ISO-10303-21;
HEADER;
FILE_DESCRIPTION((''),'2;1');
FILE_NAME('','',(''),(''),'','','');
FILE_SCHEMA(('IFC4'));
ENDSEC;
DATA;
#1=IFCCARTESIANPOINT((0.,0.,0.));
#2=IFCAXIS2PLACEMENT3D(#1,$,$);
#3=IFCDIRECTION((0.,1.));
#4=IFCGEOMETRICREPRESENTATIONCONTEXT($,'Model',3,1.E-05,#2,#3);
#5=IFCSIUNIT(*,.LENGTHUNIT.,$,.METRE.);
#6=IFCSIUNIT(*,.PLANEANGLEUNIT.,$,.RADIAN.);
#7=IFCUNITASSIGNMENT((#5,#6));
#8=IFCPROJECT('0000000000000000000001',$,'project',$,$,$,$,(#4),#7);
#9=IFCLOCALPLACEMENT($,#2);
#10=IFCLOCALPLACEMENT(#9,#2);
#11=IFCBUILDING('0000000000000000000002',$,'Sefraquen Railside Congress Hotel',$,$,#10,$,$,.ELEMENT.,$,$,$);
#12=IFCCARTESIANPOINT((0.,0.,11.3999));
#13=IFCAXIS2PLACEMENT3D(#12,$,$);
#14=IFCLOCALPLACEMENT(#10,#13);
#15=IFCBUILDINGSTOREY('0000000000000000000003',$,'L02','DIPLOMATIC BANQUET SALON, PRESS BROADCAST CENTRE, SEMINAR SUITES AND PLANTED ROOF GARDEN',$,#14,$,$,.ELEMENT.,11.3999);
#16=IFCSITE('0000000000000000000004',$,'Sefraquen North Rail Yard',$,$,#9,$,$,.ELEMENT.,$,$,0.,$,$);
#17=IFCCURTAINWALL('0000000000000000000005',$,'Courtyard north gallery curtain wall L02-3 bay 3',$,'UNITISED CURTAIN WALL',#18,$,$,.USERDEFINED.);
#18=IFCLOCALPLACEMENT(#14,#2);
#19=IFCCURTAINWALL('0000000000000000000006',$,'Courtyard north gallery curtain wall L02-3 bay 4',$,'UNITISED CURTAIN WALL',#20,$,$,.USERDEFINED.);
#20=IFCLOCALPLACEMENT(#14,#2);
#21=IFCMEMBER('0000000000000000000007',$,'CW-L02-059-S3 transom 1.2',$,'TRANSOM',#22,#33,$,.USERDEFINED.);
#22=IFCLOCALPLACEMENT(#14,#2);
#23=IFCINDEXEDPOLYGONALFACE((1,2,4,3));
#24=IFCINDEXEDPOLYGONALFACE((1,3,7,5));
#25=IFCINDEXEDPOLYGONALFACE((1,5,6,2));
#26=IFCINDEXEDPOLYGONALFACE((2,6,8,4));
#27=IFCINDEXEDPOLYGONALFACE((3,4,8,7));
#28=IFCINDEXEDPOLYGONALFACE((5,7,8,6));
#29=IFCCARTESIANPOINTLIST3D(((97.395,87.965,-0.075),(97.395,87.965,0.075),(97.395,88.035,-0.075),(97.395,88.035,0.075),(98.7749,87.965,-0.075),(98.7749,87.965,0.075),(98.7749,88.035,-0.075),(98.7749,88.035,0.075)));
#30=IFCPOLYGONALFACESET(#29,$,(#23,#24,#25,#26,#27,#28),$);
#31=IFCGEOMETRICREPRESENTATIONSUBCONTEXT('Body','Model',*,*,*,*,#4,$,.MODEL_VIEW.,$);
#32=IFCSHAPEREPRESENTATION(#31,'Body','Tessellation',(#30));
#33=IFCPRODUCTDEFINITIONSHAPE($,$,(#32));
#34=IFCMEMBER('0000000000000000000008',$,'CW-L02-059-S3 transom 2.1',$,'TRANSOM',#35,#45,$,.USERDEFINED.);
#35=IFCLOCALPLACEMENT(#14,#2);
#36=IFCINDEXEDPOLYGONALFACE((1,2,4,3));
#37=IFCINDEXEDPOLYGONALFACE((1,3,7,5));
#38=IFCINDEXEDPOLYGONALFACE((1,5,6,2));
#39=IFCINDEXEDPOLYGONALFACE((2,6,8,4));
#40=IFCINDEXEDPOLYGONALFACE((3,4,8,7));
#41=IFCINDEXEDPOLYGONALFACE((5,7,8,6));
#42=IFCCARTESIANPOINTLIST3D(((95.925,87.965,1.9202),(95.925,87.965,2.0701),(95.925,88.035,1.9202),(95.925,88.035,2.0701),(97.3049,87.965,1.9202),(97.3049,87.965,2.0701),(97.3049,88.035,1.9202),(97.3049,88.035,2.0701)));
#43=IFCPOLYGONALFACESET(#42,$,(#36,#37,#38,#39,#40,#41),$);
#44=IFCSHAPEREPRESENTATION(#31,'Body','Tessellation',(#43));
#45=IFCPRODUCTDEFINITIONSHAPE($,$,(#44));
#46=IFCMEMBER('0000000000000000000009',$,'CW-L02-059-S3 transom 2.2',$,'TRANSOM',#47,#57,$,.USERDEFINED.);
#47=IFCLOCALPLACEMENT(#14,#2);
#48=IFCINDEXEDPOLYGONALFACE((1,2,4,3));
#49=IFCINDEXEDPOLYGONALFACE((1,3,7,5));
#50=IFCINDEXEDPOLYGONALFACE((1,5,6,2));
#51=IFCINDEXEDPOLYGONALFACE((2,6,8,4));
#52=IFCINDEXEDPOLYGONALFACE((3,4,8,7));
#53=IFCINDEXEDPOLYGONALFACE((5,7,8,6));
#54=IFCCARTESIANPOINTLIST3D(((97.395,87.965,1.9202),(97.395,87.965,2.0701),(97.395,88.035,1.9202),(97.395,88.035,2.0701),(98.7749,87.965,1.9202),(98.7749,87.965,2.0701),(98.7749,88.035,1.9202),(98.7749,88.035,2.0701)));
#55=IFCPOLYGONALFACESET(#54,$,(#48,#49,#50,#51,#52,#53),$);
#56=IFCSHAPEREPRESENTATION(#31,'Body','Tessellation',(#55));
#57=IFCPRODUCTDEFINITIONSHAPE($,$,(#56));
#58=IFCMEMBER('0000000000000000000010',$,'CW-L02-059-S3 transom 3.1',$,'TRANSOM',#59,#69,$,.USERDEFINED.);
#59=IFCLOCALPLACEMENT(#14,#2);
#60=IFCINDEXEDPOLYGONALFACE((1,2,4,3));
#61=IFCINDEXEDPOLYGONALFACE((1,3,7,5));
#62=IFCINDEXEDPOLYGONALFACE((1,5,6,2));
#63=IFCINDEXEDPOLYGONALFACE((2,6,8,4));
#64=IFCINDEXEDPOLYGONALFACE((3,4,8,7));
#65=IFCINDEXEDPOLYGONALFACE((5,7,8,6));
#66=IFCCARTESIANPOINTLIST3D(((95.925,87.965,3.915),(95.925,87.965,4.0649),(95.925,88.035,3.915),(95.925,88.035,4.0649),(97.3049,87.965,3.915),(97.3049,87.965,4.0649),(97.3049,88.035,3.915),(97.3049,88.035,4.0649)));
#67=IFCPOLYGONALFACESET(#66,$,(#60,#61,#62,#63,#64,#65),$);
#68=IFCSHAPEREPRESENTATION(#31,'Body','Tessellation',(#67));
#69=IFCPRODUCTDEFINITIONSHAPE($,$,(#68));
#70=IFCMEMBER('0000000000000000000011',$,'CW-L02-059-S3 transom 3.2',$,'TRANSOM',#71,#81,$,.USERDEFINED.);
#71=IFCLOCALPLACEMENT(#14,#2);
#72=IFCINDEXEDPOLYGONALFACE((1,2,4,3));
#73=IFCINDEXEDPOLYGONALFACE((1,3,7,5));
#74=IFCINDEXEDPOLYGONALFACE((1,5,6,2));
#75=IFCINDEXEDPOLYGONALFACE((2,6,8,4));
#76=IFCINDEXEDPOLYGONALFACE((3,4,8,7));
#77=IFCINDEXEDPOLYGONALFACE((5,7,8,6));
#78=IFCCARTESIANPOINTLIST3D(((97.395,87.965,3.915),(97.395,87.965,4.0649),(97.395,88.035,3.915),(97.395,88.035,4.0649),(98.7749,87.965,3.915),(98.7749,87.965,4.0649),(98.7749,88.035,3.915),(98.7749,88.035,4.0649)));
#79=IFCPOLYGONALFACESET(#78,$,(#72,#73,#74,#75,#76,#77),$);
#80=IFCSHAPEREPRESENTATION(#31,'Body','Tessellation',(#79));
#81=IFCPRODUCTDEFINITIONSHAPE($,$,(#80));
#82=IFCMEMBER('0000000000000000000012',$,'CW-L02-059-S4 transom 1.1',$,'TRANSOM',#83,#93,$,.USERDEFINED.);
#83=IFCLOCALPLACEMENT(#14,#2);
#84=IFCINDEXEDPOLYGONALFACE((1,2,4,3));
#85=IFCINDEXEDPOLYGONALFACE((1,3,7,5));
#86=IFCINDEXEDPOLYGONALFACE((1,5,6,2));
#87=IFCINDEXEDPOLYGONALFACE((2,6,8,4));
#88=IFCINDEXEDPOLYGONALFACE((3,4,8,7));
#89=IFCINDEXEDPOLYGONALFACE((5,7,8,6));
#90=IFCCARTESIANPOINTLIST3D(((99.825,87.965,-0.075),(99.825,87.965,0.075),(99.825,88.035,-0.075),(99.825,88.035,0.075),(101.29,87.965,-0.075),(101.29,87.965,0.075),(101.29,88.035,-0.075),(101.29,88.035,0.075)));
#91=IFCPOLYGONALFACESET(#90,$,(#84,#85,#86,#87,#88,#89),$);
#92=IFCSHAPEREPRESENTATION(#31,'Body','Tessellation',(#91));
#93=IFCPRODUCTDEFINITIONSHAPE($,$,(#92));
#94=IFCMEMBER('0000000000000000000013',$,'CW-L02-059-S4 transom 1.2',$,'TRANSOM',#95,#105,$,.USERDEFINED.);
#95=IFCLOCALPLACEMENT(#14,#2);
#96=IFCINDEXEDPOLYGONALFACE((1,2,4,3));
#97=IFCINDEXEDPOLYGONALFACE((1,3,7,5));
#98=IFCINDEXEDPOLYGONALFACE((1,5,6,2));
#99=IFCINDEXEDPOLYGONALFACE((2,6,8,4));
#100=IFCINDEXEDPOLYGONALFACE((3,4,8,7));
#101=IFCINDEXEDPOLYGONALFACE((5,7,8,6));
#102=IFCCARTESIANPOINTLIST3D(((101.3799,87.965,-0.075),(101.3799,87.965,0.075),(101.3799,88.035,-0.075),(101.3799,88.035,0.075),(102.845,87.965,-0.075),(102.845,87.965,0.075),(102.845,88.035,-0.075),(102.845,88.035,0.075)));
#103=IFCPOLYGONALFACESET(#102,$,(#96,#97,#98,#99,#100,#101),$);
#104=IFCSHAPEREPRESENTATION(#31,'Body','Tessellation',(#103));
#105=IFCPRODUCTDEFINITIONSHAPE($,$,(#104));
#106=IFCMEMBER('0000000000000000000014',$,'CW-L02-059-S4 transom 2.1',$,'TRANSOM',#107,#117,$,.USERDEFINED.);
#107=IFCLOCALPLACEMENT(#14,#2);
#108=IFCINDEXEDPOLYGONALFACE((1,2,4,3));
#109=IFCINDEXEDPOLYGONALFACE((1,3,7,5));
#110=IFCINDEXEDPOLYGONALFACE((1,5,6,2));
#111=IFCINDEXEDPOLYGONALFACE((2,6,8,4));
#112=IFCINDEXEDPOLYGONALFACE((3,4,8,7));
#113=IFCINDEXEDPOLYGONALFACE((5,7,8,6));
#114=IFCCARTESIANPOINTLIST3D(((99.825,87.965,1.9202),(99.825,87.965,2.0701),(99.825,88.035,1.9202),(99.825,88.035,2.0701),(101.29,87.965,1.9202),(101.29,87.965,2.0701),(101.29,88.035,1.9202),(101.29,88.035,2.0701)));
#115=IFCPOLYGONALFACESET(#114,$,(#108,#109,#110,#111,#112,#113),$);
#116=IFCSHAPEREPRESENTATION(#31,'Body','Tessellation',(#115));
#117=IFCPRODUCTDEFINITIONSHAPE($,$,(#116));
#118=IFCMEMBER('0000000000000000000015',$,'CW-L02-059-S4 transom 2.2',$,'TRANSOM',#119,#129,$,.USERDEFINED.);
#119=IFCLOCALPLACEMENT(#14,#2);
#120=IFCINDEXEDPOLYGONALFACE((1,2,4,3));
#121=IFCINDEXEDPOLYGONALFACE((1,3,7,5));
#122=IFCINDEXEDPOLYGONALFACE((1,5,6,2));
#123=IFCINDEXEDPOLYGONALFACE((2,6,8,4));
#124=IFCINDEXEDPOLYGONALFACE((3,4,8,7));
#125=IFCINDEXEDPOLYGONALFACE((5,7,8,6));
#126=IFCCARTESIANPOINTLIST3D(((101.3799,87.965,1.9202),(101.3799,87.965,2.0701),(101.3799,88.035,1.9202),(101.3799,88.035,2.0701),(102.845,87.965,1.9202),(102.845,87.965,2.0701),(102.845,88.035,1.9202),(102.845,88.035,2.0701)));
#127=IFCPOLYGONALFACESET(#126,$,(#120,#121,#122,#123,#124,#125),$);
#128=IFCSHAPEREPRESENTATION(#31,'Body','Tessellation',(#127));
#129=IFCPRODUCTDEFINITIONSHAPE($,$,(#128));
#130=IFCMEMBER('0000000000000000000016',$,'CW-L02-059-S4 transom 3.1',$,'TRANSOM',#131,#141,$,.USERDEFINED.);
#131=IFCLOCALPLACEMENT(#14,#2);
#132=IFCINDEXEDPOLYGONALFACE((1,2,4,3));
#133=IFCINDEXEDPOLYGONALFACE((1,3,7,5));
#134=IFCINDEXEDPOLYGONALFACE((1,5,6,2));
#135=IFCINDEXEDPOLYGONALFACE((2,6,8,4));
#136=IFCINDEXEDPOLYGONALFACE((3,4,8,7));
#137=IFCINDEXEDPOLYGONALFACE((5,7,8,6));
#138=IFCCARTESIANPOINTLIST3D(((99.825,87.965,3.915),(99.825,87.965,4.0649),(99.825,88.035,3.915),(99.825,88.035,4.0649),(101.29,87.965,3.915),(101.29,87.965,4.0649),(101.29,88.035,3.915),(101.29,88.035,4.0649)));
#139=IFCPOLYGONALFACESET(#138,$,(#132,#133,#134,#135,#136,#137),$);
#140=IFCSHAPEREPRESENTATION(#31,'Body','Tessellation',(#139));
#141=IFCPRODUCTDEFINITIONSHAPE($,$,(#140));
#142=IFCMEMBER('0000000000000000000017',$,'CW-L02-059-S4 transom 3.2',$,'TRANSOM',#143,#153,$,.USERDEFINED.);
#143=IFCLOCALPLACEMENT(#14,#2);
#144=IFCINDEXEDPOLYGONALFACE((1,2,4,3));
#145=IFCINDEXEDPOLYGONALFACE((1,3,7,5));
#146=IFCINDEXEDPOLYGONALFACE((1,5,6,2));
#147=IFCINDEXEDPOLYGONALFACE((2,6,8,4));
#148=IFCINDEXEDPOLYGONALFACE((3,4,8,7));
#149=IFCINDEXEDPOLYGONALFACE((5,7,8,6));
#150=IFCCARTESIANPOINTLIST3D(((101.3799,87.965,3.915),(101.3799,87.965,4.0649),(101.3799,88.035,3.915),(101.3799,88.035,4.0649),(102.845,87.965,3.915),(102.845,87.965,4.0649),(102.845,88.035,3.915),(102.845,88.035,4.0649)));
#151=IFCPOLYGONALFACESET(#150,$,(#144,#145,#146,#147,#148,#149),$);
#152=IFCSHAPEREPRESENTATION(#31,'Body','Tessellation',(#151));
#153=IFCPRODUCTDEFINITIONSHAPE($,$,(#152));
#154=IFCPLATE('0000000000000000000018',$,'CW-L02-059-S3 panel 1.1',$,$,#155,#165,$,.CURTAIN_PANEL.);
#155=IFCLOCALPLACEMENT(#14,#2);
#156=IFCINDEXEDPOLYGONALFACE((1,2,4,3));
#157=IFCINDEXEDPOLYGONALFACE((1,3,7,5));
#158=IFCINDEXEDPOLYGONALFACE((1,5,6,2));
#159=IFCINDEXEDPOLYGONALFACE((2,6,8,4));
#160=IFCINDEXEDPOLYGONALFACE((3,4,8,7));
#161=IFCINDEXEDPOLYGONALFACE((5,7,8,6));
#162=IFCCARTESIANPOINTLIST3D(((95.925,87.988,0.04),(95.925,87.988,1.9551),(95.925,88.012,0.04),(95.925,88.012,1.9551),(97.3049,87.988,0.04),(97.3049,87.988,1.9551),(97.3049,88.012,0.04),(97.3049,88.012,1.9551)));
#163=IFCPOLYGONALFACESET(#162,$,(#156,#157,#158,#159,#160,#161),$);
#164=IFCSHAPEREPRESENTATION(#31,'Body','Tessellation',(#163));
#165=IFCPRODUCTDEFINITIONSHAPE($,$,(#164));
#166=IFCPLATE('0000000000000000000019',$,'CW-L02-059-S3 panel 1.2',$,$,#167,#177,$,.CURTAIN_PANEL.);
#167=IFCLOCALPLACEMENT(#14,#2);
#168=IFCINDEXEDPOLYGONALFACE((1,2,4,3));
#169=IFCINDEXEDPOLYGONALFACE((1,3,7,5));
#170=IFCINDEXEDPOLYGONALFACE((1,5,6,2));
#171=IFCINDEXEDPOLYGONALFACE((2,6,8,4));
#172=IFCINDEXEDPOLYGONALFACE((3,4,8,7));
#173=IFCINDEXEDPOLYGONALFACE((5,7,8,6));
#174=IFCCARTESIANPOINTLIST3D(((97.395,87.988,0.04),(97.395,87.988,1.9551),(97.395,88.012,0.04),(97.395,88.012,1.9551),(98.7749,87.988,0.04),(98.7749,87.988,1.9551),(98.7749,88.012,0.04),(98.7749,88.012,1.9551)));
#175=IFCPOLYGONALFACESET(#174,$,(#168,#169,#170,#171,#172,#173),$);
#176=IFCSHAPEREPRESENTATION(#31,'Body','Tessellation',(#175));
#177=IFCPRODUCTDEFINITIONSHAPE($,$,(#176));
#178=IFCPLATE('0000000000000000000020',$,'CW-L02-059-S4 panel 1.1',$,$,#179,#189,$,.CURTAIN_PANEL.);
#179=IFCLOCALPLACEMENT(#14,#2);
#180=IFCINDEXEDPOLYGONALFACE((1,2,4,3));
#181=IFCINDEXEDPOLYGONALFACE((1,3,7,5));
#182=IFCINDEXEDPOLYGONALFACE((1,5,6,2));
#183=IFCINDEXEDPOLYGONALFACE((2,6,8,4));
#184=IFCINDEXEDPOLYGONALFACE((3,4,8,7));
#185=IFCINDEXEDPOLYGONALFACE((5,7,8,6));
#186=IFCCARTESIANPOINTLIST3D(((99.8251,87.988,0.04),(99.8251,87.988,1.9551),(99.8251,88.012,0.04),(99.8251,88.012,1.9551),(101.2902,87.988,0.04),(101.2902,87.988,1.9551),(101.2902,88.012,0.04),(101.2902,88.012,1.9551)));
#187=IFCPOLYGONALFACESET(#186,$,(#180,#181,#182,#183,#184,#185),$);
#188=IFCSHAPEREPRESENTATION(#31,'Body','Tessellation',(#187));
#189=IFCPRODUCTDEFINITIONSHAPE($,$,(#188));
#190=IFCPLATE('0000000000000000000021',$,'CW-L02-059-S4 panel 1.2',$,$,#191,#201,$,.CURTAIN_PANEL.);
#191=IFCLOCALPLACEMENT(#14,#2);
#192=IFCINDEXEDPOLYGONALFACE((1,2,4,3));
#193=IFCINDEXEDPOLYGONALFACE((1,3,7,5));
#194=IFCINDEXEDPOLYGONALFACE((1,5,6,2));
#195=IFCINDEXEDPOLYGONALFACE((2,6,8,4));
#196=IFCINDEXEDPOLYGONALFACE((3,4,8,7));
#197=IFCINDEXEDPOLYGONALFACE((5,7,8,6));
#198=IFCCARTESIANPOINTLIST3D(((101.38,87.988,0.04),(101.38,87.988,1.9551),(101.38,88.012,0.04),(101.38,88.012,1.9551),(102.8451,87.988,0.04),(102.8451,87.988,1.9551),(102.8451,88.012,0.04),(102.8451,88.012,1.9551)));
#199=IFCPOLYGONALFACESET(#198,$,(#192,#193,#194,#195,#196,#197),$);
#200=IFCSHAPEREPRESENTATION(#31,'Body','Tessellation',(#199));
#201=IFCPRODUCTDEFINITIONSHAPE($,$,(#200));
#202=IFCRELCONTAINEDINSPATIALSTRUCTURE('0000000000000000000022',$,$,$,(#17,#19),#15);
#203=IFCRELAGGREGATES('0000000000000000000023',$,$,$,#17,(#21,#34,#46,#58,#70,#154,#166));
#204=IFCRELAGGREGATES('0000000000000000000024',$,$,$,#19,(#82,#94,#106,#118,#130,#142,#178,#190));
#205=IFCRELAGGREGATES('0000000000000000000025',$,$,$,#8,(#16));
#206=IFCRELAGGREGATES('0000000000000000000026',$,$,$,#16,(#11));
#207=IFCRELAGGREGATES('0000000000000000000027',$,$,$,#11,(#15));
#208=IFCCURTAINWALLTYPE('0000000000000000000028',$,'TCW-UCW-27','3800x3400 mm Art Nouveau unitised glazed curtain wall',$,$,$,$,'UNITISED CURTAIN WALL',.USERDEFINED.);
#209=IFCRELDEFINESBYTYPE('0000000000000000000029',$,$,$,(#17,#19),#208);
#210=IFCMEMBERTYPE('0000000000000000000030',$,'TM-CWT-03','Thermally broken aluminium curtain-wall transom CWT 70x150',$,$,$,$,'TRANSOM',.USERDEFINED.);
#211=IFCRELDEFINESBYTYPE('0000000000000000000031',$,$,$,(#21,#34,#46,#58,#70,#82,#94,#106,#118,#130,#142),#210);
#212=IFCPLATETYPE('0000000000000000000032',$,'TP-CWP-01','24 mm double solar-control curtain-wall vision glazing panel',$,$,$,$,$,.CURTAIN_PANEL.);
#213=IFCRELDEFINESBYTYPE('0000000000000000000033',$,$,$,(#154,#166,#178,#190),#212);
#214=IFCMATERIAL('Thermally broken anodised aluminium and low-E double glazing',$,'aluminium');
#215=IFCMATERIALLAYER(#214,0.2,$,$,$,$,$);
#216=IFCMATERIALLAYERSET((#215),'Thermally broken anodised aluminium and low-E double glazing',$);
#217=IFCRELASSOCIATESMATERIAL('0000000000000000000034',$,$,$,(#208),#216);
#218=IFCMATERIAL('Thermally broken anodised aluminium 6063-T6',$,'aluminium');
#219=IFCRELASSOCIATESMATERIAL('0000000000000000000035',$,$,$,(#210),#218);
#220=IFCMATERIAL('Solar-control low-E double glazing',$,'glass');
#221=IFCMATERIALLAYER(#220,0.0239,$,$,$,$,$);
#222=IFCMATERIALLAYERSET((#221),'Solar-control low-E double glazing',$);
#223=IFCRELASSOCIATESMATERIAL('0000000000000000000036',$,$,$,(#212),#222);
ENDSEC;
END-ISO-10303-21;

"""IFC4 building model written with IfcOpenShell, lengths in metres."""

from ifc_helpers import new_model, si_unit, direction, frame, origin, origin_2d, place, context, subcontext, project, spatial, rectangle, extrude, material, layer, layer_set, material_profile, profile_set, type_object, element, aggregate, save


model = new_model("IFC4")

# Units and contexts
model_context = context("Model", 3, precision=1e-05, world=origin(), true_north=direction((0.0, 1.0)))
body_context = subcontext(model_context, "Body", "Model", "MODEL_VIEW")
ifc_project = project(units=[si_unit("LENGTHUNIT", "METRE"), si_unit("PLANEANGLEUNIT", "RADIAN")], contexts=[model_context])

# Site, building, storey
site_placement = place(None, origin())
site = spatial("IfcSite", under=ifc_project, at=site_placement, Name="Sefraquen North Rail Yard", CompositionType="ELEMENT", RefElevation=0.0)
building_placement = place(site_placement, origin())
building = spatial("IfcBuilding", under=site, at=building_placement, Name="Sefraquen Railside Congress Hotel", CompositionType="ELEMENT")
storey_placement = place(building_placement, frame((0.0, 0.0, 11.3999)))
storey = spatial("IfcBuildingStorey", under=building, at=storey_placement, Name="L02", Description="DIPLOMATIC BANQUET SALON, PRESS BROADCAST CENTRE, SEMINAR SUITES AND PLANTED ROOF GARDEN", CompositionType="ELEMENT", Elevation=11.3999)

# Curtain walls
ifc_material_1 = material(Name="Thermally broken anodised aluminium and low-E double glazing", Category="aluminium")
ifc_layer_1 = layer(ifc_material_1, 0.2)
ifc_layer_set_1 = layer_set([ifc_layer_1], Name="Thermally broken anodised aluminium and low-E double glazing")
curtain_wall_type = type_object("IfcCurtainWallType", Name="TCW-UCW-27", Description="3800x3400 mm Art Nouveau unitised glazed curtain wall", ElementType="UNITISED CURTAIN WALL", PredefinedType="USERDEFINED", material=ifc_layer_set_1)
curtain_wall_1_placement = place(storey_placement, origin())
curtain_wall_1 = element("IfcCurtainWall", 1, at=curtain_wall_1_placement, inside=storey, type_object=curtain_wall_type, Name="Courtyard north gallery curtain wall L02-3 bay 3", ObjectType="UNITISED CURTAIN WALL", PredefinedType="USERDEFINED")
ifc_material_2 = material(Name="Thermally broken anodised aluminium 6063-T6", Category="aluminium")
curtain_wall_2_placement = place(storey_placement, origin())
curtain_wall_2 = element("IfcCurtainWall", 2, at=curtain_wall_2_placement, inside=storey, type_object=curtain_wall_type, Name="Courtyard north gallery curtain wall L02-3 bay 4", ObjectType="UNITISED CURTAIN WALL", PredefinedType="USERDEFINED")

# Members
ifc_material_profile_1 = material_profile(ifc_material_2, rectangle(XDim=0.0701, YDim=0.1499, at=origin_2d()), Name="CWT 70x150")
ifc_profile_set_1 = profile_set([ifc_material_profile_1], Name="Thermally broken anodised aluminium 6063-T6")
member_type_1 = type_object("IfcMemberType", Name="TM-CWT-03", Description="Thermally broken aluminium curtain-wall transom CWT 70x150", ElementType="TRANSOM", PredefinedType="USERDEFINED", material=ifc_profile_set_1)
member_1_placement = place(storey_placement, frame((97.395, 88.0, 0.0), z_axis=(1.0, 0.0, 0.0), x_axis=(0.0, 1.0, 0.0)))
member_1 = element("IfcMember", 3, at=member_1_placement, type_object=member_type_1, Name="CW-L02-059-S3 transom 1.2", ObjectType="TRANSOM", PredefinedType="USERDEFINED", context=body_context, shape_type="SweptSolid", body=[
    extrude(rectangle(XDim=0.0701, YDim=0.1499, at=origin_2d()), origin(), (0.0, 0.0, 1.0), 1.3799),
])
member_2_placement = place(storey_placement, frame((95.925, 88.0, 1.9951), z_axis=(1.0, 0.0, 0.0), x_axis=(0.0, 1.0, 0.0)))
member_2 = element("IfcMember", 4, at=member_2_placement, type_object=member_type_1, Name="CW-L02-059-S3 transom 2.1", ObjectType="TRANSOM", PredefinedType="USERDEFINED", context=body_context, shape_type="SweptSolid", body=[
    extrude(rectangle(XDim=0.0701, YDim=0.1499, at=origin_2d()), origin(), (0.0, 0.0, 1.0), 1.3799),
])
member_3_placement = place(storey_placement, frame((97.395, 88.0, 1.9951), z_axis=(1.0, 0.0, 0.0), x_axis=(0.0, 1.0, 0.0)))
member_3 = element("IfcMember", 5, at=member_3_placement, type_object=member_type_1, Name="CW-L02-059-S3 transom 2.2", ObjectType="TRANSOM", PredefinedType="USERDEFINED", context=body_context, shape_type="SweptSolid", body=[
    extrude(rectangle(XDim=0.0701, YDim=0.1499, at=origin_2d()), origin(), (0.0, 0.0, 1.0), 1.3799),
])
member_4_placement = place(storey_placement, frame((95.925, 88.0, 3.99), z_axis=(1.0, 0.0, 0.0), x_axis=(0.0, 1.0, 0.0)))
member_4 = element("IfcMember", 6, at=member_4_placement, type_object=member_type_1, Name="CW-L02-059-S3 transom 3.1", ObjectType="TRANSOM", PredefinedType="USERDEFINED", context=body_context, shape_type="SweptSolid", body=[
    extrude(rectangle(XDim=0.0701, YDim=0.1499, at=origin_2d()), origin(), (0.0, 0.0, 1.0), 1.3799),
])
member_5_placement = place(storey_placement, frame((97.395, 88.0, 3.99), z_axis=(1.0, 0.0, 0.0), x_axis=(0.0, 1.0, 0.0)))
member_5 = element("IfcMember", 7, at=member_5_placement, type_object=member_type_1, Name="CW-L02-059-S3 transom 3.2", ObjectType="TRANSOM", PredefinedType="USERDEFINED", context=body_context, shape_type="SweptSolid", body=[
    extrude(rectangle(XDim=0.0701, YDim=0.1499, at=origin_2d()), origin(), (0.0, 0.0, 1.0), 1.3799),
])
member_6_placement = place(storey_placement, frame((99.825, 88.0, 0.0), z_axis=(1.0, 0.0, 0.0), x_axis=(0.0, 1.0, 0.0)))
member_6 = element("IfcMember", 8, at=member_6_placement, type_object=member_type_1, Name="CW-L02-059-S4 transom 1.1", ObjectType="TRANSOM", PredefinedType="USERDEFINED", context=body_context, shape_type="SweptSolid", body=[
    extrude(rectangle(XDim=0.0701, YDim=0.1499, at=origin_2d()), origin(), (0.0, 0.0, 1.0), 1.4651),
])
member_7_placement = place(storey_placement, frame((101.3799, 88.0, 0.0), z_axis=(1.0, 0.0, 0.0), x_axis=(0.0, 1.0, 0.0)))
member_7 = element("IfcMember", 9, at=member_7_placement, type_object=member_type_1, Name="CW-L02-059-S4 transom 1.2", ObjectType="TRANSOM", PredefinedType="USERDEFINED", context=body_context, shape_type="SweptSolid", body=[
    extrude(rectangle(XDim=0.0701, YDim=0.1499, at=origin_2d()), origin(), (0.0, 0.0, 1.0), 1.4651),
])
member_8_placement = place(storey_placement, frame((99.825, 88.0, 1.9951), z_axis=(1.0, 0.0, 0.0), x_axis=(0.0, 1.0, 0.0)))
member_8 = element("IfcMember", 10, at=member_8_placement, type_object=member_type_1, Name="CW-L02-059-S4 transom 2.1", ObjectType="TRANSOM", PredefinedType="USERDEFINED", context=body_context, shape_type="SweptSolid", body=[
    extrude(rectangle(XDim=0.0701, YDim=0.1499, at=origin_2d()), origin(), (0.0, 0.0, 1.0), 1.4651),
])
member_9_placement = place(storey_placement, frame((101.3799, 88.0, 1.9951), z_axis=(1.0, 0.0, 0.0), x_axis=(0.0, 1.0, 0.0)))
member_9 = element("IfcMember", 11, at=member_9_placement, type_object=member_type_1, Name="CW-L02-059-S4 transom 2.2", ObjectType="TRANSOM", PredefinedType="USERDEFINED", context=body_context, shape_type="SweptSolid", body=[
    extrude(rectangle(XDim=0.0701, YDim=0.1499, at=origin_2d()), origin(), (0.0, 0.0, 1.0), 1.4651),
])
member_10_placement = place(storey_placement, frame((99.825, 88.0, 3.99), z_axis=(1.0, 0.0, 0.0), x_axis=(0.0, 1.0, 0.0)))
member_10 = element("IfcMember", 12, at=member_10_placement, type_object=member_type_1, Name="CW-L02-059-S4 transom 3.1", ObjectType="TRANSOM", PredefinedType="USERDEFINED", context=body_context, shape_type="SweptSolid", body=[
    extrude(rectangle(XDim=0.0701, YDim=0.1499, at=origin_2d()), origin(), (0.0, 0.0, 1.0), 1.4651),
])
member_11_placement = place(storey_placement, frame((101.3799, 88.0, 3.99), z_axis=(1.0, 0.0, 0.0), x_axis=(0.0, 1.0, 0.0)))
member_11 = element("IfcMember", 13, at=member_11_placement, type_object=member_type_1, Name="CW-L02-059-S4 transom 3.2", ObjectType="TRANSOM", PredefinedType="USERDEFINED", context=body_context, shape_type="SweptSolid", body=[
    extrude(rectangle(XDim=0.0701, YDim=0.1499, at=origin_2d()), origin(), (0.0, 0.0, 1.0), 1.4651),
])

# Plates
ifc_material_3 = material(Name="Solar-control low-E double glazing", Category="glass")
ifc_layer_2 = layer(ifc_material_3, 0.0239)
ifc_layer_set_2 = layer_set([ifc_layer_2], Name="Solar-control low-E double glazing")
plate_type_1 = type_object("IfcPlateType", Name="TP-CWP-01", Description="24 mm double solar-control curtain-wall vision glazing panel", PredefinedType="CURTAIN_PANEL", material=ifc_layer_set_2)
plate_1_placement = place(storey_placement, frame((96.615, 88.0, 0.04), z_axis=(0.0, 0.0, 1.0), x_axis=(1.0, 0.0, 0.0)))
plate_1 = element("IfcPlate", 14, at=plate_1_placement, type_object=plate_type_1, Name="CW-L02-059-S3 panel 1.1", PredefinedType="CURTAIN_PANEL", context=body_context, shape_type="SweptSolid", body=[
    extrude(rectangle(XDim=1.3799, YDim=0.0239, at=origin_2d()), origin(), (0.0, 0.0, 1.0), 1.915),
])
plate_2_placement = place(storey_placement, frame((98.085, 88.0, 0.04), z_axis=(0.0, 0.0, 1.0), x_axis=(1.0, 0.0, 0.0)))
plate_2 = element("IfcPlate", 15, at=plate_2_placement, type_object=plate_type_1, Name="CW-L02-059-S3 panel 1.2", PredefinedType="CURTAIN_PANEL", context=body_context, shape_type="SweptSolid", body=[
    extrude(rectangle(XDim=1.3799, YDim=0.0239, at=origin_2d()), origin(), (0.0, 0.0, 1.0), 1.915),
])
plate_3_placement = place(storey_placement, frame((100.5576, 88.0, 0.04), z_axis=(0.0, 0.0, 1.0), x_axis=(1.0, 0.0, 0.0)))
plate_3 = element("IfcPlate", 16, at=plate_3_placement, type_object=plate_type_1, Name="CW-L02-059-S4 panel 1.1", PredefinedType="CURTAIN_PANEL", context=body_context, shape_type="SweptSolid", body=[
    extrude(rectangle(XDim=1.4651, YDim=0.0239, at=origin_2d()), origin(), (0.0, 0.0, 1.0), 1.915),
])
plate_4_placement = place(storey_placement, frame((102.1125, 88.0, 0.04), z_axis=(0.0, 0.0, 1.0), x_axis=(1.0, 0.0, 0.0)))
plate_4 = element("IfcPlate", 17, at=plate_4_placement, type_object=plate_type_1, Name="CW-L02-059-S4 panel 1.2", PredefinedType="CURTAIN_PANEL", context=body_context, shape_type="SweptSolid", body=[
    extrude(rectangle(XDim=1.4651, YDim=0.0239, at=origin_2d()), origin(), (0.0, 0.0, 1.0), 1.915),
])
aggregate(curtain_wall_1, [member_1, member_2, member_3, member_4, member_5, plate_1, plate_2])
aggregate(curtain_wall_2, [member_6, member_7, member_8, member_9, member_10, member_11, plate_3, plate_4])

save(model, "model.ifc")
